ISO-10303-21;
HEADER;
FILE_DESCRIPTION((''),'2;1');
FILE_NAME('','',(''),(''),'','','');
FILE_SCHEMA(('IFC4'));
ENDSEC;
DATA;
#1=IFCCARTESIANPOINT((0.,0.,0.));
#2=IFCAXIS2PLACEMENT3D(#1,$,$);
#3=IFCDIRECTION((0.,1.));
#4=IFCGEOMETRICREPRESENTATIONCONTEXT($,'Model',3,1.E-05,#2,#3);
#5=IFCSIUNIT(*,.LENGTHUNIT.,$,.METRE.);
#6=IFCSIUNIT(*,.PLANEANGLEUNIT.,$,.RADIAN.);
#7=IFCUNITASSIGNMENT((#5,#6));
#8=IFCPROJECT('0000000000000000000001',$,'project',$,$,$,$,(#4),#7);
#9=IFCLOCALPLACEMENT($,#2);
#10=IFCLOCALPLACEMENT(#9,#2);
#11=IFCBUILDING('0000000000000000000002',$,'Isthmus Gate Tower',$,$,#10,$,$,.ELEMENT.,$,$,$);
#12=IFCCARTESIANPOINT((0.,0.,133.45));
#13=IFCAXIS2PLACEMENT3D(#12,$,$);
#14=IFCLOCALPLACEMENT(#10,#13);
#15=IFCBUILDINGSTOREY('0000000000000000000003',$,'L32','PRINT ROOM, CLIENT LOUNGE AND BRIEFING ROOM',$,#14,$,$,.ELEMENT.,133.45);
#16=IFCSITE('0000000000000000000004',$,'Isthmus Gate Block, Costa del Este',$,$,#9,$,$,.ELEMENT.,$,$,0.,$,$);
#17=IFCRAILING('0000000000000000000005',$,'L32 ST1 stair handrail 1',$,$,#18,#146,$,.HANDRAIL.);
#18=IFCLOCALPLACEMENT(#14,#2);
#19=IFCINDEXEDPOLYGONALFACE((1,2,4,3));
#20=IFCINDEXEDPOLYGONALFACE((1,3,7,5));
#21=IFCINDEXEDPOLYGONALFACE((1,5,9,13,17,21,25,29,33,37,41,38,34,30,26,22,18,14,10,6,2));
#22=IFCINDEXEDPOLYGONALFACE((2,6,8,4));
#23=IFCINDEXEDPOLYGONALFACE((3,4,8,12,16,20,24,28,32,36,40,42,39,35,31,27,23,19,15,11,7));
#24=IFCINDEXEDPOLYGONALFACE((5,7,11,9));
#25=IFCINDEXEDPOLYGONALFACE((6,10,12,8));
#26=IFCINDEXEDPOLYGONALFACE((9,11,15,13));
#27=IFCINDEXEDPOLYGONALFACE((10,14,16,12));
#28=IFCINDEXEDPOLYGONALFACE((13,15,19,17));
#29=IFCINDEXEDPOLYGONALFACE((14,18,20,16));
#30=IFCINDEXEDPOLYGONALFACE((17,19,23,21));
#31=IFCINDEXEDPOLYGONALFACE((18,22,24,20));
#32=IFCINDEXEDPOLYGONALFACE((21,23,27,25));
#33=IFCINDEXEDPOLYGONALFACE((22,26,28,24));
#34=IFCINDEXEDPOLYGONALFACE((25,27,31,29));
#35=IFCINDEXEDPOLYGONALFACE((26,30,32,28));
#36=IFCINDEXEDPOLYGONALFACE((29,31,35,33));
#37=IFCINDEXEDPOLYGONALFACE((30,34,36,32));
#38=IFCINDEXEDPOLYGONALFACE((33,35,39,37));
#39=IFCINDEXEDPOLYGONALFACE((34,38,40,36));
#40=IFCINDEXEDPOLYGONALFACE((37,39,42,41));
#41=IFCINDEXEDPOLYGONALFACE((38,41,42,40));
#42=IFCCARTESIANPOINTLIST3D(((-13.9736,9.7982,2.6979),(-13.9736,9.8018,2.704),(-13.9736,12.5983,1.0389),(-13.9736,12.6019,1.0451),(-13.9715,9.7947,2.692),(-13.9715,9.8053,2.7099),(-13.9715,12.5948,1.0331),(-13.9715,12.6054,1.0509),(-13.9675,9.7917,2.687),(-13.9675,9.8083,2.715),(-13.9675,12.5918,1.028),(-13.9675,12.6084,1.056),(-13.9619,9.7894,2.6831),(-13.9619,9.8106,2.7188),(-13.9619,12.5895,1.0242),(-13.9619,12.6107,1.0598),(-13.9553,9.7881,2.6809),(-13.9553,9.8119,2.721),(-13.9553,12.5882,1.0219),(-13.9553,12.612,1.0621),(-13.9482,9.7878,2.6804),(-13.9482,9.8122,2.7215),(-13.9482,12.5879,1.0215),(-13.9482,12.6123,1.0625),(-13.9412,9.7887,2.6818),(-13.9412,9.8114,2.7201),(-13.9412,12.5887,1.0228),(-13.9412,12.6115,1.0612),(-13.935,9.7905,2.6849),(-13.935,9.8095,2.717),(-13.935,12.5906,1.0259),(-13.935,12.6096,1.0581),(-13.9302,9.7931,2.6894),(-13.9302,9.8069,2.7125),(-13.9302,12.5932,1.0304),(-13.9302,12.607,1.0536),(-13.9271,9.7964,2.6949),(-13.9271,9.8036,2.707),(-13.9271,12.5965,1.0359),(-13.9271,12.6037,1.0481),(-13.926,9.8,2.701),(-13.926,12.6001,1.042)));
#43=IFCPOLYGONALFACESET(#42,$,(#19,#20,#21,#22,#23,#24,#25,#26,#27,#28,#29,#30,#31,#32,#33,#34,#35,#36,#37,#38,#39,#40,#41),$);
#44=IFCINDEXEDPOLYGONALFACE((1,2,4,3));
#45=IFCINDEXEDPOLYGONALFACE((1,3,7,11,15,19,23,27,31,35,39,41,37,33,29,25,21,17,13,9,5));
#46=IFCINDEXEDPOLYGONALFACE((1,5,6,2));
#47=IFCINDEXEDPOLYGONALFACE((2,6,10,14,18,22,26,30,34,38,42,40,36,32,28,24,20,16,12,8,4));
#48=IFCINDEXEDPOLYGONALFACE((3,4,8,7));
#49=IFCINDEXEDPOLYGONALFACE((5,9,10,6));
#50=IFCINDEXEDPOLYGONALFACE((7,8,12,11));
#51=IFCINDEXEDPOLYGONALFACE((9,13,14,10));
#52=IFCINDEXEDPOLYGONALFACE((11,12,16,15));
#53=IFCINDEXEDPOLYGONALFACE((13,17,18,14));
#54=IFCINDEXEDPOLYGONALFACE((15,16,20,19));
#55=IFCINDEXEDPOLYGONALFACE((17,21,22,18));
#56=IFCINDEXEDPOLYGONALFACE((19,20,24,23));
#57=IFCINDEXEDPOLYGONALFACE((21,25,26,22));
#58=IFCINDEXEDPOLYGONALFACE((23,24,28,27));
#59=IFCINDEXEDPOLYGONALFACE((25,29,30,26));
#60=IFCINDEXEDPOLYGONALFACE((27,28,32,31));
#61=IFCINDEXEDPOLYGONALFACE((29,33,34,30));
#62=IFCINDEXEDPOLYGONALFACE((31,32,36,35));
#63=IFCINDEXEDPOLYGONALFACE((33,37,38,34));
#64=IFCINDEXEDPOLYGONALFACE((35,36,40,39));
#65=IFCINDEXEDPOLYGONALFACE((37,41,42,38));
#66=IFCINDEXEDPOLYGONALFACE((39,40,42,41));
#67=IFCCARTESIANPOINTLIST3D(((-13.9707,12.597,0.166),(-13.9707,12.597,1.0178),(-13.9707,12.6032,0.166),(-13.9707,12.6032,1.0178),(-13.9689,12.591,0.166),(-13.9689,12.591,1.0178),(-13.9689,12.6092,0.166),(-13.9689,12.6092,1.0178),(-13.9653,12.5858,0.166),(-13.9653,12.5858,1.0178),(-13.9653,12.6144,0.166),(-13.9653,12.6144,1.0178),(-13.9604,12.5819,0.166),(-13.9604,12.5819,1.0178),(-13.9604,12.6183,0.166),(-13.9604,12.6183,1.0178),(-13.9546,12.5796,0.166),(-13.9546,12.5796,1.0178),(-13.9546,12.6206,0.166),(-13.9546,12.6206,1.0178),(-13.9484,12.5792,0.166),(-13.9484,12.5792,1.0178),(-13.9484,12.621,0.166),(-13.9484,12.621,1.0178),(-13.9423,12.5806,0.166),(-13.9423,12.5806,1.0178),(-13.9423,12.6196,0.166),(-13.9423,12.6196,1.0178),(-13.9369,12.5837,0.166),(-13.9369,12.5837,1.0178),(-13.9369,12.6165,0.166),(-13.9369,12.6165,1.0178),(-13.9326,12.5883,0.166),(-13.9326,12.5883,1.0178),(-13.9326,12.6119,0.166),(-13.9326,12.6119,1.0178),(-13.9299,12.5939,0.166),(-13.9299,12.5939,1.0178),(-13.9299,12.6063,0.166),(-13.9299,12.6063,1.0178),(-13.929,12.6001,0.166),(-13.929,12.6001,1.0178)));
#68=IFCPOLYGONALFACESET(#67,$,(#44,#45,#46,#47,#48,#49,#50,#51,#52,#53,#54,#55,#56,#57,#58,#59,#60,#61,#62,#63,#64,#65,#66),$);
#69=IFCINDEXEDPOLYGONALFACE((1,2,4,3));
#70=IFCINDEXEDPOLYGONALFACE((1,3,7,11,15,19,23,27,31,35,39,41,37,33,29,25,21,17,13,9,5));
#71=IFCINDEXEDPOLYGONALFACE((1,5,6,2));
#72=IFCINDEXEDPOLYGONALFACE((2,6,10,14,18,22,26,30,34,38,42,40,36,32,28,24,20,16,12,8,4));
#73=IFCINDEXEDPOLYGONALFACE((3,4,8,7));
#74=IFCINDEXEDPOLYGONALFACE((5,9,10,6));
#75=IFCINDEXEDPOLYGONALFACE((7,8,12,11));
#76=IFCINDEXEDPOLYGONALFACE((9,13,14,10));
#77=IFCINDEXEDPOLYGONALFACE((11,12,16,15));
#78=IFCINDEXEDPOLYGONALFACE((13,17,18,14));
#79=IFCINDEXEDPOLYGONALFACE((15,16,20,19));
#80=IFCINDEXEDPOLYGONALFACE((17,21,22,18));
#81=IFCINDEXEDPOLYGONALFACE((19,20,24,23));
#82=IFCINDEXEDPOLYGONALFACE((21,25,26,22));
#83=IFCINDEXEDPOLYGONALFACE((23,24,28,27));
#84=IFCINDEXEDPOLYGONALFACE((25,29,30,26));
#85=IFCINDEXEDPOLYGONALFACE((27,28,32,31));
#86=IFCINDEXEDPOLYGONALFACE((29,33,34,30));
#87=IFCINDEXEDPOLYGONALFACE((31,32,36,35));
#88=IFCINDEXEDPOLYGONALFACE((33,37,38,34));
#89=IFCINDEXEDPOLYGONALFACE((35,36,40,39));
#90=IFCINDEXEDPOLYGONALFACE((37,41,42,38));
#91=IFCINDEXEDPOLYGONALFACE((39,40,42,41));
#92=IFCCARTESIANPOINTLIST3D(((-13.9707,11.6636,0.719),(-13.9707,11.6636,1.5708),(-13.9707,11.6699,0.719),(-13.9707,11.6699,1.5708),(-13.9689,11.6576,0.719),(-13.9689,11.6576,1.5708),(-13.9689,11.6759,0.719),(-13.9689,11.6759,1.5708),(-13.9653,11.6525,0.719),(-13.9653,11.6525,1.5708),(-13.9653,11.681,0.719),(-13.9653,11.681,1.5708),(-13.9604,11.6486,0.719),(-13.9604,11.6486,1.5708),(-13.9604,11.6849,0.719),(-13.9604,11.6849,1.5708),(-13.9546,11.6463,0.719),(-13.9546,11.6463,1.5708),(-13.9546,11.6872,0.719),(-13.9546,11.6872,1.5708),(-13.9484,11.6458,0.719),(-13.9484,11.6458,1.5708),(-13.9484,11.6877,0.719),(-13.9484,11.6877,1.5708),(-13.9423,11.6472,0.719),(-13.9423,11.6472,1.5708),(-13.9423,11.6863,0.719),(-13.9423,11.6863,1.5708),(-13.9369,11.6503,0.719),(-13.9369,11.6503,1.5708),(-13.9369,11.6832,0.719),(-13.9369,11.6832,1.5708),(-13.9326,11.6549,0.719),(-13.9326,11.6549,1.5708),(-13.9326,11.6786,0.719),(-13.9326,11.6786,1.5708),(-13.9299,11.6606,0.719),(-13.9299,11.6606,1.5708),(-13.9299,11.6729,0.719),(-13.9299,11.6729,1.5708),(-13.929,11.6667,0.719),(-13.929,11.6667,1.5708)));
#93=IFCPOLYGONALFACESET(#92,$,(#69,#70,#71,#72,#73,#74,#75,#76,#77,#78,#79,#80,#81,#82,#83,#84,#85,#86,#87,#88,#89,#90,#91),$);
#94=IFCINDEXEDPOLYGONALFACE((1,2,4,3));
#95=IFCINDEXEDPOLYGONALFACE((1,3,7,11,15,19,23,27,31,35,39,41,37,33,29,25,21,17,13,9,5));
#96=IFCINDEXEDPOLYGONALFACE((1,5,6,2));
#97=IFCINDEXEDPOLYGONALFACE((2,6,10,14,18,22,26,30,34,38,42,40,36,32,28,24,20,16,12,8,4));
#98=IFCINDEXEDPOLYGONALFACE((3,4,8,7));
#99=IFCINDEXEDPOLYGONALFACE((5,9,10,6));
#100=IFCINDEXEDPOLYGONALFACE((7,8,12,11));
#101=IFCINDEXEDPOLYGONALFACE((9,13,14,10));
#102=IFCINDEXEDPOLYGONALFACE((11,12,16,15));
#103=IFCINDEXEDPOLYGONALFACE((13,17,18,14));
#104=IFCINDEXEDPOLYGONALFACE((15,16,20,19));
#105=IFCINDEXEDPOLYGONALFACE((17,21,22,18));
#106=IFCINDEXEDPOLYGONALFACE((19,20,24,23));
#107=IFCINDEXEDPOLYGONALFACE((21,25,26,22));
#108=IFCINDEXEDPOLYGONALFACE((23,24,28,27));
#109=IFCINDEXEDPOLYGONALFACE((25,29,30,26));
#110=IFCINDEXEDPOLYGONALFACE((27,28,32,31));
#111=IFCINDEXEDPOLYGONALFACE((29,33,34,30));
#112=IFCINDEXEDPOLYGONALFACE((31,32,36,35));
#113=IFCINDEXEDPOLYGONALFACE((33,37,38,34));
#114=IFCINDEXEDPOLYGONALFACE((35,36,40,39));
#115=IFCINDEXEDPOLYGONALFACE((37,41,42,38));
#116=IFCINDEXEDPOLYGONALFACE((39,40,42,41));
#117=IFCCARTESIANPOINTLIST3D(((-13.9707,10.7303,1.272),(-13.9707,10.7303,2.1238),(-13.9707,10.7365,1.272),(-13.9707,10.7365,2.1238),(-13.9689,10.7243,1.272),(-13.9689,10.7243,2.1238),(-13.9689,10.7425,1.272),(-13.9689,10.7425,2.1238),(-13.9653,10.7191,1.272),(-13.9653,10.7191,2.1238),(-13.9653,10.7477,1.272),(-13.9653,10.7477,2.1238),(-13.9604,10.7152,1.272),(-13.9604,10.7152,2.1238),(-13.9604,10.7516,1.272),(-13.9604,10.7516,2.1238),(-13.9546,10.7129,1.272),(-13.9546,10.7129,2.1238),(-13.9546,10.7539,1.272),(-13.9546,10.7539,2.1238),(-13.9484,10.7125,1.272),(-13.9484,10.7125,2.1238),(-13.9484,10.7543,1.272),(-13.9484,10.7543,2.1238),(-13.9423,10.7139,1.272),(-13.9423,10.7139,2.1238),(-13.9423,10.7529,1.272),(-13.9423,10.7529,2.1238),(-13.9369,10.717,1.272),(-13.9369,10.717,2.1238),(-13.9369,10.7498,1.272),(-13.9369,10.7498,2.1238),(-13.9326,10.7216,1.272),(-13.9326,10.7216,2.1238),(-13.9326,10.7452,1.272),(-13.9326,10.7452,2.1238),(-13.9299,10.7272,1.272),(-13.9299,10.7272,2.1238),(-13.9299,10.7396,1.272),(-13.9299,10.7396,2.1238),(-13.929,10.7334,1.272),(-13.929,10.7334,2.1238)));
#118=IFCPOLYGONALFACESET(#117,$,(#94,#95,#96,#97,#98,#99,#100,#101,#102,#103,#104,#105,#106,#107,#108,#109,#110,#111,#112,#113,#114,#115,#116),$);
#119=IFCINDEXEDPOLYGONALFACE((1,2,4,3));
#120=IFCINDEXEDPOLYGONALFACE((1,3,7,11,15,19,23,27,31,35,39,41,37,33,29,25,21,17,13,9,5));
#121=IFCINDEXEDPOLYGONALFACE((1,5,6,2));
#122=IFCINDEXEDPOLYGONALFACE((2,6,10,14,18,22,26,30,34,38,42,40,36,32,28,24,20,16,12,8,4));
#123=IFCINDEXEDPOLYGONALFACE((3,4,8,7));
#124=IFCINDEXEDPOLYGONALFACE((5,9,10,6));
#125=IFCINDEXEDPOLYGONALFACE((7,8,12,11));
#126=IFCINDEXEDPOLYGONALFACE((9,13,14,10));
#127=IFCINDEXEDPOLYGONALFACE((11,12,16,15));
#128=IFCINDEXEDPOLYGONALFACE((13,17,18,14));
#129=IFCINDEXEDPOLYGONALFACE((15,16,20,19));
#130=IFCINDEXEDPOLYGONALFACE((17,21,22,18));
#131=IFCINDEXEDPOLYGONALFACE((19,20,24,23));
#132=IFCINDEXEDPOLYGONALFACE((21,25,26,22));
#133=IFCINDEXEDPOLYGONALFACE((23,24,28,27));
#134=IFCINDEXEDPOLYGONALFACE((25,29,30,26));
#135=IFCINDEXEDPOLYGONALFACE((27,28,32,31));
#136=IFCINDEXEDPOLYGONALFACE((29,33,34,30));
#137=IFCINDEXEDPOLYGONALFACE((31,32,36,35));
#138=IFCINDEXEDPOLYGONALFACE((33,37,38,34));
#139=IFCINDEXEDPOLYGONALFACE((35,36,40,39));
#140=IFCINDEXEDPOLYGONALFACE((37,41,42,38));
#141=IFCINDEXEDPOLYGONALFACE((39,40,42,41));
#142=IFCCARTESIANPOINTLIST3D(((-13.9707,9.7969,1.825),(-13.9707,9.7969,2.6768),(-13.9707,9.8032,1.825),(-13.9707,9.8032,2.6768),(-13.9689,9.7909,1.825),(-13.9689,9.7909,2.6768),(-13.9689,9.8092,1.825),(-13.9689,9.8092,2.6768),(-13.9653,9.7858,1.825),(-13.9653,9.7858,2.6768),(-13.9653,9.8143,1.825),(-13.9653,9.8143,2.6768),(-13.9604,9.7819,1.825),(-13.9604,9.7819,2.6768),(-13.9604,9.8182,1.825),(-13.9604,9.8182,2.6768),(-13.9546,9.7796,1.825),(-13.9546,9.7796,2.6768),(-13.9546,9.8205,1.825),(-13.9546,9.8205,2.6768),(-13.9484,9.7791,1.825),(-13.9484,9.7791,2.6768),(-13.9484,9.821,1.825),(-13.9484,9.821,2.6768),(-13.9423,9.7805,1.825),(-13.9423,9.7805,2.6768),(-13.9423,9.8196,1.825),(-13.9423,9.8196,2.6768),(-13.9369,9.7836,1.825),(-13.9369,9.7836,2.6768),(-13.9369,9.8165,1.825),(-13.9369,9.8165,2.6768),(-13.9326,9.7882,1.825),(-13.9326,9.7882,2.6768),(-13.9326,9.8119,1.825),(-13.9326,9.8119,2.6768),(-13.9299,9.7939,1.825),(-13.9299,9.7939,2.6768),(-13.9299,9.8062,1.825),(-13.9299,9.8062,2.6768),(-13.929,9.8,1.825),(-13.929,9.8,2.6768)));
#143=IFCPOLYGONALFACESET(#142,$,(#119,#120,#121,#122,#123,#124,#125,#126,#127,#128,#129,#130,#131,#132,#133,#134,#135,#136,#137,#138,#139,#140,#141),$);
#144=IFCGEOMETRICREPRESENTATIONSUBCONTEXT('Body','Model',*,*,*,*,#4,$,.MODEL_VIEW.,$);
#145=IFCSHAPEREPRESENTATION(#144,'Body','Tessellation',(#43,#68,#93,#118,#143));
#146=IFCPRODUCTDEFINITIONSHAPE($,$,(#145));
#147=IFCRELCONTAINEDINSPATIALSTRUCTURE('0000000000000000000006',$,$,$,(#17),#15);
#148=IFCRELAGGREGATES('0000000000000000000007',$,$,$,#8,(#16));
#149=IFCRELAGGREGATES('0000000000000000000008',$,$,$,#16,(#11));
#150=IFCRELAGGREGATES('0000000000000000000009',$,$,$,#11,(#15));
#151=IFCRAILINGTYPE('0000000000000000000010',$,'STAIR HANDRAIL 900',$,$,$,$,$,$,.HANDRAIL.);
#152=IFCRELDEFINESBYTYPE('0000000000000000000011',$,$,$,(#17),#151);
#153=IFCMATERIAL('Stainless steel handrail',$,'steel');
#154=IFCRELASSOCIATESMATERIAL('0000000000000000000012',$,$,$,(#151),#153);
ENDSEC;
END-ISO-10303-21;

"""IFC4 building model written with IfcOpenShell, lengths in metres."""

from ifc_helpers import new_model, si_unit, direction, frame, origin, origin_2d, place, context, subcontext, project, spatial, circle, extrude, material, type_object, element, save


model = new_model("IFC4")

# Units and contexts
model_context = context("Model", 3, precision=1e-05, world=origin(), true_north=direction((0.0, 1.0)))
body_context = subcontext(model_context, "Body", "Model", "MODEL_VIEW")
ifc_project = project(units=[si_unit("LENGTHUNIT", "METRE"), si_unit("PLANEANGLEUNIT", "RADIAN")], contexts=[model_context])

# Site, building, storey
site_placement = place(None, origin())
site = spatial("IfcSite", under=ifc_project, at=site_placement, Name="Isthmus Gate Block, Costa del Este", CompositionType="ELEMENT", RefElevation=0.0)
building_placement = place(site_placement, origin())
building = spatial("IfcBuilding", under=site, at=building_placement, Name="Isthmus Gate Tower", CompositionType="ELEMENT")
storey_placement = place(building_placement, frame((0.0, 0.0, 133.45)))
storey = spatial("IfcBuildingStorey", under=building, at=storey_placement, Name="L32", Description="PRINT ROOM, CLIENT LOUNGE AND BRIEFING ROOM", CompositionType="ELEMENT", Elevation=133.45)

# Railing
ifc_material_1 = material(Name="Stainless steel handrail", Category="steel")
railing_type = type_object("IfcRailingType", Name="STAIR HANDRAIL 900", PredefinedType="HANDRAIL", material=ifc_material_1)
railing_1_placement = place(storey_placement, frame((-13.95, 12.6001, 0.166)))
element("IfcRailing", 1, at=railing_1_placement, inside=storey, type_object=railing_type, Name="L32 ST1 stair handrail 1", PredefinedType="HANDRAIL", context=body_context, shape_type="SweptSolid", body=[
    extrude(circle(Radius=0.0239, at=origin_2d()), frame((0.0, 0.0, 0.876), z_axis=(0.0, -0.860339, 0.509722), x_axis=(1.0, 0.0, 0.0)), (0.0, 0.0, 1.0), 3.2546),
    extrude(circle(Radius=0.021, at=origin_2d()), origin(), (0.0, 0.0, 1.0), 0.8518),
    extrude(circle(Radius=0.021, at=origin_2d()), frame((0.0, -0.9333, 0.553)), (0.0, 0.0, 1.0), 0.8518),
    extrude(circle(Radius=0.021, at=origin_2d()), frame((0.0, -1.8667, 1.106)), (0.0, 0.0, 1.0), 0.8518),
    extrude(circle(Radius=0.021, at=origin_2d()), frame((0.0, -2.8, 1.6589)), (0.0, 0.0, 1.0), 0.8518),
])

save(model, "model.ifc")
